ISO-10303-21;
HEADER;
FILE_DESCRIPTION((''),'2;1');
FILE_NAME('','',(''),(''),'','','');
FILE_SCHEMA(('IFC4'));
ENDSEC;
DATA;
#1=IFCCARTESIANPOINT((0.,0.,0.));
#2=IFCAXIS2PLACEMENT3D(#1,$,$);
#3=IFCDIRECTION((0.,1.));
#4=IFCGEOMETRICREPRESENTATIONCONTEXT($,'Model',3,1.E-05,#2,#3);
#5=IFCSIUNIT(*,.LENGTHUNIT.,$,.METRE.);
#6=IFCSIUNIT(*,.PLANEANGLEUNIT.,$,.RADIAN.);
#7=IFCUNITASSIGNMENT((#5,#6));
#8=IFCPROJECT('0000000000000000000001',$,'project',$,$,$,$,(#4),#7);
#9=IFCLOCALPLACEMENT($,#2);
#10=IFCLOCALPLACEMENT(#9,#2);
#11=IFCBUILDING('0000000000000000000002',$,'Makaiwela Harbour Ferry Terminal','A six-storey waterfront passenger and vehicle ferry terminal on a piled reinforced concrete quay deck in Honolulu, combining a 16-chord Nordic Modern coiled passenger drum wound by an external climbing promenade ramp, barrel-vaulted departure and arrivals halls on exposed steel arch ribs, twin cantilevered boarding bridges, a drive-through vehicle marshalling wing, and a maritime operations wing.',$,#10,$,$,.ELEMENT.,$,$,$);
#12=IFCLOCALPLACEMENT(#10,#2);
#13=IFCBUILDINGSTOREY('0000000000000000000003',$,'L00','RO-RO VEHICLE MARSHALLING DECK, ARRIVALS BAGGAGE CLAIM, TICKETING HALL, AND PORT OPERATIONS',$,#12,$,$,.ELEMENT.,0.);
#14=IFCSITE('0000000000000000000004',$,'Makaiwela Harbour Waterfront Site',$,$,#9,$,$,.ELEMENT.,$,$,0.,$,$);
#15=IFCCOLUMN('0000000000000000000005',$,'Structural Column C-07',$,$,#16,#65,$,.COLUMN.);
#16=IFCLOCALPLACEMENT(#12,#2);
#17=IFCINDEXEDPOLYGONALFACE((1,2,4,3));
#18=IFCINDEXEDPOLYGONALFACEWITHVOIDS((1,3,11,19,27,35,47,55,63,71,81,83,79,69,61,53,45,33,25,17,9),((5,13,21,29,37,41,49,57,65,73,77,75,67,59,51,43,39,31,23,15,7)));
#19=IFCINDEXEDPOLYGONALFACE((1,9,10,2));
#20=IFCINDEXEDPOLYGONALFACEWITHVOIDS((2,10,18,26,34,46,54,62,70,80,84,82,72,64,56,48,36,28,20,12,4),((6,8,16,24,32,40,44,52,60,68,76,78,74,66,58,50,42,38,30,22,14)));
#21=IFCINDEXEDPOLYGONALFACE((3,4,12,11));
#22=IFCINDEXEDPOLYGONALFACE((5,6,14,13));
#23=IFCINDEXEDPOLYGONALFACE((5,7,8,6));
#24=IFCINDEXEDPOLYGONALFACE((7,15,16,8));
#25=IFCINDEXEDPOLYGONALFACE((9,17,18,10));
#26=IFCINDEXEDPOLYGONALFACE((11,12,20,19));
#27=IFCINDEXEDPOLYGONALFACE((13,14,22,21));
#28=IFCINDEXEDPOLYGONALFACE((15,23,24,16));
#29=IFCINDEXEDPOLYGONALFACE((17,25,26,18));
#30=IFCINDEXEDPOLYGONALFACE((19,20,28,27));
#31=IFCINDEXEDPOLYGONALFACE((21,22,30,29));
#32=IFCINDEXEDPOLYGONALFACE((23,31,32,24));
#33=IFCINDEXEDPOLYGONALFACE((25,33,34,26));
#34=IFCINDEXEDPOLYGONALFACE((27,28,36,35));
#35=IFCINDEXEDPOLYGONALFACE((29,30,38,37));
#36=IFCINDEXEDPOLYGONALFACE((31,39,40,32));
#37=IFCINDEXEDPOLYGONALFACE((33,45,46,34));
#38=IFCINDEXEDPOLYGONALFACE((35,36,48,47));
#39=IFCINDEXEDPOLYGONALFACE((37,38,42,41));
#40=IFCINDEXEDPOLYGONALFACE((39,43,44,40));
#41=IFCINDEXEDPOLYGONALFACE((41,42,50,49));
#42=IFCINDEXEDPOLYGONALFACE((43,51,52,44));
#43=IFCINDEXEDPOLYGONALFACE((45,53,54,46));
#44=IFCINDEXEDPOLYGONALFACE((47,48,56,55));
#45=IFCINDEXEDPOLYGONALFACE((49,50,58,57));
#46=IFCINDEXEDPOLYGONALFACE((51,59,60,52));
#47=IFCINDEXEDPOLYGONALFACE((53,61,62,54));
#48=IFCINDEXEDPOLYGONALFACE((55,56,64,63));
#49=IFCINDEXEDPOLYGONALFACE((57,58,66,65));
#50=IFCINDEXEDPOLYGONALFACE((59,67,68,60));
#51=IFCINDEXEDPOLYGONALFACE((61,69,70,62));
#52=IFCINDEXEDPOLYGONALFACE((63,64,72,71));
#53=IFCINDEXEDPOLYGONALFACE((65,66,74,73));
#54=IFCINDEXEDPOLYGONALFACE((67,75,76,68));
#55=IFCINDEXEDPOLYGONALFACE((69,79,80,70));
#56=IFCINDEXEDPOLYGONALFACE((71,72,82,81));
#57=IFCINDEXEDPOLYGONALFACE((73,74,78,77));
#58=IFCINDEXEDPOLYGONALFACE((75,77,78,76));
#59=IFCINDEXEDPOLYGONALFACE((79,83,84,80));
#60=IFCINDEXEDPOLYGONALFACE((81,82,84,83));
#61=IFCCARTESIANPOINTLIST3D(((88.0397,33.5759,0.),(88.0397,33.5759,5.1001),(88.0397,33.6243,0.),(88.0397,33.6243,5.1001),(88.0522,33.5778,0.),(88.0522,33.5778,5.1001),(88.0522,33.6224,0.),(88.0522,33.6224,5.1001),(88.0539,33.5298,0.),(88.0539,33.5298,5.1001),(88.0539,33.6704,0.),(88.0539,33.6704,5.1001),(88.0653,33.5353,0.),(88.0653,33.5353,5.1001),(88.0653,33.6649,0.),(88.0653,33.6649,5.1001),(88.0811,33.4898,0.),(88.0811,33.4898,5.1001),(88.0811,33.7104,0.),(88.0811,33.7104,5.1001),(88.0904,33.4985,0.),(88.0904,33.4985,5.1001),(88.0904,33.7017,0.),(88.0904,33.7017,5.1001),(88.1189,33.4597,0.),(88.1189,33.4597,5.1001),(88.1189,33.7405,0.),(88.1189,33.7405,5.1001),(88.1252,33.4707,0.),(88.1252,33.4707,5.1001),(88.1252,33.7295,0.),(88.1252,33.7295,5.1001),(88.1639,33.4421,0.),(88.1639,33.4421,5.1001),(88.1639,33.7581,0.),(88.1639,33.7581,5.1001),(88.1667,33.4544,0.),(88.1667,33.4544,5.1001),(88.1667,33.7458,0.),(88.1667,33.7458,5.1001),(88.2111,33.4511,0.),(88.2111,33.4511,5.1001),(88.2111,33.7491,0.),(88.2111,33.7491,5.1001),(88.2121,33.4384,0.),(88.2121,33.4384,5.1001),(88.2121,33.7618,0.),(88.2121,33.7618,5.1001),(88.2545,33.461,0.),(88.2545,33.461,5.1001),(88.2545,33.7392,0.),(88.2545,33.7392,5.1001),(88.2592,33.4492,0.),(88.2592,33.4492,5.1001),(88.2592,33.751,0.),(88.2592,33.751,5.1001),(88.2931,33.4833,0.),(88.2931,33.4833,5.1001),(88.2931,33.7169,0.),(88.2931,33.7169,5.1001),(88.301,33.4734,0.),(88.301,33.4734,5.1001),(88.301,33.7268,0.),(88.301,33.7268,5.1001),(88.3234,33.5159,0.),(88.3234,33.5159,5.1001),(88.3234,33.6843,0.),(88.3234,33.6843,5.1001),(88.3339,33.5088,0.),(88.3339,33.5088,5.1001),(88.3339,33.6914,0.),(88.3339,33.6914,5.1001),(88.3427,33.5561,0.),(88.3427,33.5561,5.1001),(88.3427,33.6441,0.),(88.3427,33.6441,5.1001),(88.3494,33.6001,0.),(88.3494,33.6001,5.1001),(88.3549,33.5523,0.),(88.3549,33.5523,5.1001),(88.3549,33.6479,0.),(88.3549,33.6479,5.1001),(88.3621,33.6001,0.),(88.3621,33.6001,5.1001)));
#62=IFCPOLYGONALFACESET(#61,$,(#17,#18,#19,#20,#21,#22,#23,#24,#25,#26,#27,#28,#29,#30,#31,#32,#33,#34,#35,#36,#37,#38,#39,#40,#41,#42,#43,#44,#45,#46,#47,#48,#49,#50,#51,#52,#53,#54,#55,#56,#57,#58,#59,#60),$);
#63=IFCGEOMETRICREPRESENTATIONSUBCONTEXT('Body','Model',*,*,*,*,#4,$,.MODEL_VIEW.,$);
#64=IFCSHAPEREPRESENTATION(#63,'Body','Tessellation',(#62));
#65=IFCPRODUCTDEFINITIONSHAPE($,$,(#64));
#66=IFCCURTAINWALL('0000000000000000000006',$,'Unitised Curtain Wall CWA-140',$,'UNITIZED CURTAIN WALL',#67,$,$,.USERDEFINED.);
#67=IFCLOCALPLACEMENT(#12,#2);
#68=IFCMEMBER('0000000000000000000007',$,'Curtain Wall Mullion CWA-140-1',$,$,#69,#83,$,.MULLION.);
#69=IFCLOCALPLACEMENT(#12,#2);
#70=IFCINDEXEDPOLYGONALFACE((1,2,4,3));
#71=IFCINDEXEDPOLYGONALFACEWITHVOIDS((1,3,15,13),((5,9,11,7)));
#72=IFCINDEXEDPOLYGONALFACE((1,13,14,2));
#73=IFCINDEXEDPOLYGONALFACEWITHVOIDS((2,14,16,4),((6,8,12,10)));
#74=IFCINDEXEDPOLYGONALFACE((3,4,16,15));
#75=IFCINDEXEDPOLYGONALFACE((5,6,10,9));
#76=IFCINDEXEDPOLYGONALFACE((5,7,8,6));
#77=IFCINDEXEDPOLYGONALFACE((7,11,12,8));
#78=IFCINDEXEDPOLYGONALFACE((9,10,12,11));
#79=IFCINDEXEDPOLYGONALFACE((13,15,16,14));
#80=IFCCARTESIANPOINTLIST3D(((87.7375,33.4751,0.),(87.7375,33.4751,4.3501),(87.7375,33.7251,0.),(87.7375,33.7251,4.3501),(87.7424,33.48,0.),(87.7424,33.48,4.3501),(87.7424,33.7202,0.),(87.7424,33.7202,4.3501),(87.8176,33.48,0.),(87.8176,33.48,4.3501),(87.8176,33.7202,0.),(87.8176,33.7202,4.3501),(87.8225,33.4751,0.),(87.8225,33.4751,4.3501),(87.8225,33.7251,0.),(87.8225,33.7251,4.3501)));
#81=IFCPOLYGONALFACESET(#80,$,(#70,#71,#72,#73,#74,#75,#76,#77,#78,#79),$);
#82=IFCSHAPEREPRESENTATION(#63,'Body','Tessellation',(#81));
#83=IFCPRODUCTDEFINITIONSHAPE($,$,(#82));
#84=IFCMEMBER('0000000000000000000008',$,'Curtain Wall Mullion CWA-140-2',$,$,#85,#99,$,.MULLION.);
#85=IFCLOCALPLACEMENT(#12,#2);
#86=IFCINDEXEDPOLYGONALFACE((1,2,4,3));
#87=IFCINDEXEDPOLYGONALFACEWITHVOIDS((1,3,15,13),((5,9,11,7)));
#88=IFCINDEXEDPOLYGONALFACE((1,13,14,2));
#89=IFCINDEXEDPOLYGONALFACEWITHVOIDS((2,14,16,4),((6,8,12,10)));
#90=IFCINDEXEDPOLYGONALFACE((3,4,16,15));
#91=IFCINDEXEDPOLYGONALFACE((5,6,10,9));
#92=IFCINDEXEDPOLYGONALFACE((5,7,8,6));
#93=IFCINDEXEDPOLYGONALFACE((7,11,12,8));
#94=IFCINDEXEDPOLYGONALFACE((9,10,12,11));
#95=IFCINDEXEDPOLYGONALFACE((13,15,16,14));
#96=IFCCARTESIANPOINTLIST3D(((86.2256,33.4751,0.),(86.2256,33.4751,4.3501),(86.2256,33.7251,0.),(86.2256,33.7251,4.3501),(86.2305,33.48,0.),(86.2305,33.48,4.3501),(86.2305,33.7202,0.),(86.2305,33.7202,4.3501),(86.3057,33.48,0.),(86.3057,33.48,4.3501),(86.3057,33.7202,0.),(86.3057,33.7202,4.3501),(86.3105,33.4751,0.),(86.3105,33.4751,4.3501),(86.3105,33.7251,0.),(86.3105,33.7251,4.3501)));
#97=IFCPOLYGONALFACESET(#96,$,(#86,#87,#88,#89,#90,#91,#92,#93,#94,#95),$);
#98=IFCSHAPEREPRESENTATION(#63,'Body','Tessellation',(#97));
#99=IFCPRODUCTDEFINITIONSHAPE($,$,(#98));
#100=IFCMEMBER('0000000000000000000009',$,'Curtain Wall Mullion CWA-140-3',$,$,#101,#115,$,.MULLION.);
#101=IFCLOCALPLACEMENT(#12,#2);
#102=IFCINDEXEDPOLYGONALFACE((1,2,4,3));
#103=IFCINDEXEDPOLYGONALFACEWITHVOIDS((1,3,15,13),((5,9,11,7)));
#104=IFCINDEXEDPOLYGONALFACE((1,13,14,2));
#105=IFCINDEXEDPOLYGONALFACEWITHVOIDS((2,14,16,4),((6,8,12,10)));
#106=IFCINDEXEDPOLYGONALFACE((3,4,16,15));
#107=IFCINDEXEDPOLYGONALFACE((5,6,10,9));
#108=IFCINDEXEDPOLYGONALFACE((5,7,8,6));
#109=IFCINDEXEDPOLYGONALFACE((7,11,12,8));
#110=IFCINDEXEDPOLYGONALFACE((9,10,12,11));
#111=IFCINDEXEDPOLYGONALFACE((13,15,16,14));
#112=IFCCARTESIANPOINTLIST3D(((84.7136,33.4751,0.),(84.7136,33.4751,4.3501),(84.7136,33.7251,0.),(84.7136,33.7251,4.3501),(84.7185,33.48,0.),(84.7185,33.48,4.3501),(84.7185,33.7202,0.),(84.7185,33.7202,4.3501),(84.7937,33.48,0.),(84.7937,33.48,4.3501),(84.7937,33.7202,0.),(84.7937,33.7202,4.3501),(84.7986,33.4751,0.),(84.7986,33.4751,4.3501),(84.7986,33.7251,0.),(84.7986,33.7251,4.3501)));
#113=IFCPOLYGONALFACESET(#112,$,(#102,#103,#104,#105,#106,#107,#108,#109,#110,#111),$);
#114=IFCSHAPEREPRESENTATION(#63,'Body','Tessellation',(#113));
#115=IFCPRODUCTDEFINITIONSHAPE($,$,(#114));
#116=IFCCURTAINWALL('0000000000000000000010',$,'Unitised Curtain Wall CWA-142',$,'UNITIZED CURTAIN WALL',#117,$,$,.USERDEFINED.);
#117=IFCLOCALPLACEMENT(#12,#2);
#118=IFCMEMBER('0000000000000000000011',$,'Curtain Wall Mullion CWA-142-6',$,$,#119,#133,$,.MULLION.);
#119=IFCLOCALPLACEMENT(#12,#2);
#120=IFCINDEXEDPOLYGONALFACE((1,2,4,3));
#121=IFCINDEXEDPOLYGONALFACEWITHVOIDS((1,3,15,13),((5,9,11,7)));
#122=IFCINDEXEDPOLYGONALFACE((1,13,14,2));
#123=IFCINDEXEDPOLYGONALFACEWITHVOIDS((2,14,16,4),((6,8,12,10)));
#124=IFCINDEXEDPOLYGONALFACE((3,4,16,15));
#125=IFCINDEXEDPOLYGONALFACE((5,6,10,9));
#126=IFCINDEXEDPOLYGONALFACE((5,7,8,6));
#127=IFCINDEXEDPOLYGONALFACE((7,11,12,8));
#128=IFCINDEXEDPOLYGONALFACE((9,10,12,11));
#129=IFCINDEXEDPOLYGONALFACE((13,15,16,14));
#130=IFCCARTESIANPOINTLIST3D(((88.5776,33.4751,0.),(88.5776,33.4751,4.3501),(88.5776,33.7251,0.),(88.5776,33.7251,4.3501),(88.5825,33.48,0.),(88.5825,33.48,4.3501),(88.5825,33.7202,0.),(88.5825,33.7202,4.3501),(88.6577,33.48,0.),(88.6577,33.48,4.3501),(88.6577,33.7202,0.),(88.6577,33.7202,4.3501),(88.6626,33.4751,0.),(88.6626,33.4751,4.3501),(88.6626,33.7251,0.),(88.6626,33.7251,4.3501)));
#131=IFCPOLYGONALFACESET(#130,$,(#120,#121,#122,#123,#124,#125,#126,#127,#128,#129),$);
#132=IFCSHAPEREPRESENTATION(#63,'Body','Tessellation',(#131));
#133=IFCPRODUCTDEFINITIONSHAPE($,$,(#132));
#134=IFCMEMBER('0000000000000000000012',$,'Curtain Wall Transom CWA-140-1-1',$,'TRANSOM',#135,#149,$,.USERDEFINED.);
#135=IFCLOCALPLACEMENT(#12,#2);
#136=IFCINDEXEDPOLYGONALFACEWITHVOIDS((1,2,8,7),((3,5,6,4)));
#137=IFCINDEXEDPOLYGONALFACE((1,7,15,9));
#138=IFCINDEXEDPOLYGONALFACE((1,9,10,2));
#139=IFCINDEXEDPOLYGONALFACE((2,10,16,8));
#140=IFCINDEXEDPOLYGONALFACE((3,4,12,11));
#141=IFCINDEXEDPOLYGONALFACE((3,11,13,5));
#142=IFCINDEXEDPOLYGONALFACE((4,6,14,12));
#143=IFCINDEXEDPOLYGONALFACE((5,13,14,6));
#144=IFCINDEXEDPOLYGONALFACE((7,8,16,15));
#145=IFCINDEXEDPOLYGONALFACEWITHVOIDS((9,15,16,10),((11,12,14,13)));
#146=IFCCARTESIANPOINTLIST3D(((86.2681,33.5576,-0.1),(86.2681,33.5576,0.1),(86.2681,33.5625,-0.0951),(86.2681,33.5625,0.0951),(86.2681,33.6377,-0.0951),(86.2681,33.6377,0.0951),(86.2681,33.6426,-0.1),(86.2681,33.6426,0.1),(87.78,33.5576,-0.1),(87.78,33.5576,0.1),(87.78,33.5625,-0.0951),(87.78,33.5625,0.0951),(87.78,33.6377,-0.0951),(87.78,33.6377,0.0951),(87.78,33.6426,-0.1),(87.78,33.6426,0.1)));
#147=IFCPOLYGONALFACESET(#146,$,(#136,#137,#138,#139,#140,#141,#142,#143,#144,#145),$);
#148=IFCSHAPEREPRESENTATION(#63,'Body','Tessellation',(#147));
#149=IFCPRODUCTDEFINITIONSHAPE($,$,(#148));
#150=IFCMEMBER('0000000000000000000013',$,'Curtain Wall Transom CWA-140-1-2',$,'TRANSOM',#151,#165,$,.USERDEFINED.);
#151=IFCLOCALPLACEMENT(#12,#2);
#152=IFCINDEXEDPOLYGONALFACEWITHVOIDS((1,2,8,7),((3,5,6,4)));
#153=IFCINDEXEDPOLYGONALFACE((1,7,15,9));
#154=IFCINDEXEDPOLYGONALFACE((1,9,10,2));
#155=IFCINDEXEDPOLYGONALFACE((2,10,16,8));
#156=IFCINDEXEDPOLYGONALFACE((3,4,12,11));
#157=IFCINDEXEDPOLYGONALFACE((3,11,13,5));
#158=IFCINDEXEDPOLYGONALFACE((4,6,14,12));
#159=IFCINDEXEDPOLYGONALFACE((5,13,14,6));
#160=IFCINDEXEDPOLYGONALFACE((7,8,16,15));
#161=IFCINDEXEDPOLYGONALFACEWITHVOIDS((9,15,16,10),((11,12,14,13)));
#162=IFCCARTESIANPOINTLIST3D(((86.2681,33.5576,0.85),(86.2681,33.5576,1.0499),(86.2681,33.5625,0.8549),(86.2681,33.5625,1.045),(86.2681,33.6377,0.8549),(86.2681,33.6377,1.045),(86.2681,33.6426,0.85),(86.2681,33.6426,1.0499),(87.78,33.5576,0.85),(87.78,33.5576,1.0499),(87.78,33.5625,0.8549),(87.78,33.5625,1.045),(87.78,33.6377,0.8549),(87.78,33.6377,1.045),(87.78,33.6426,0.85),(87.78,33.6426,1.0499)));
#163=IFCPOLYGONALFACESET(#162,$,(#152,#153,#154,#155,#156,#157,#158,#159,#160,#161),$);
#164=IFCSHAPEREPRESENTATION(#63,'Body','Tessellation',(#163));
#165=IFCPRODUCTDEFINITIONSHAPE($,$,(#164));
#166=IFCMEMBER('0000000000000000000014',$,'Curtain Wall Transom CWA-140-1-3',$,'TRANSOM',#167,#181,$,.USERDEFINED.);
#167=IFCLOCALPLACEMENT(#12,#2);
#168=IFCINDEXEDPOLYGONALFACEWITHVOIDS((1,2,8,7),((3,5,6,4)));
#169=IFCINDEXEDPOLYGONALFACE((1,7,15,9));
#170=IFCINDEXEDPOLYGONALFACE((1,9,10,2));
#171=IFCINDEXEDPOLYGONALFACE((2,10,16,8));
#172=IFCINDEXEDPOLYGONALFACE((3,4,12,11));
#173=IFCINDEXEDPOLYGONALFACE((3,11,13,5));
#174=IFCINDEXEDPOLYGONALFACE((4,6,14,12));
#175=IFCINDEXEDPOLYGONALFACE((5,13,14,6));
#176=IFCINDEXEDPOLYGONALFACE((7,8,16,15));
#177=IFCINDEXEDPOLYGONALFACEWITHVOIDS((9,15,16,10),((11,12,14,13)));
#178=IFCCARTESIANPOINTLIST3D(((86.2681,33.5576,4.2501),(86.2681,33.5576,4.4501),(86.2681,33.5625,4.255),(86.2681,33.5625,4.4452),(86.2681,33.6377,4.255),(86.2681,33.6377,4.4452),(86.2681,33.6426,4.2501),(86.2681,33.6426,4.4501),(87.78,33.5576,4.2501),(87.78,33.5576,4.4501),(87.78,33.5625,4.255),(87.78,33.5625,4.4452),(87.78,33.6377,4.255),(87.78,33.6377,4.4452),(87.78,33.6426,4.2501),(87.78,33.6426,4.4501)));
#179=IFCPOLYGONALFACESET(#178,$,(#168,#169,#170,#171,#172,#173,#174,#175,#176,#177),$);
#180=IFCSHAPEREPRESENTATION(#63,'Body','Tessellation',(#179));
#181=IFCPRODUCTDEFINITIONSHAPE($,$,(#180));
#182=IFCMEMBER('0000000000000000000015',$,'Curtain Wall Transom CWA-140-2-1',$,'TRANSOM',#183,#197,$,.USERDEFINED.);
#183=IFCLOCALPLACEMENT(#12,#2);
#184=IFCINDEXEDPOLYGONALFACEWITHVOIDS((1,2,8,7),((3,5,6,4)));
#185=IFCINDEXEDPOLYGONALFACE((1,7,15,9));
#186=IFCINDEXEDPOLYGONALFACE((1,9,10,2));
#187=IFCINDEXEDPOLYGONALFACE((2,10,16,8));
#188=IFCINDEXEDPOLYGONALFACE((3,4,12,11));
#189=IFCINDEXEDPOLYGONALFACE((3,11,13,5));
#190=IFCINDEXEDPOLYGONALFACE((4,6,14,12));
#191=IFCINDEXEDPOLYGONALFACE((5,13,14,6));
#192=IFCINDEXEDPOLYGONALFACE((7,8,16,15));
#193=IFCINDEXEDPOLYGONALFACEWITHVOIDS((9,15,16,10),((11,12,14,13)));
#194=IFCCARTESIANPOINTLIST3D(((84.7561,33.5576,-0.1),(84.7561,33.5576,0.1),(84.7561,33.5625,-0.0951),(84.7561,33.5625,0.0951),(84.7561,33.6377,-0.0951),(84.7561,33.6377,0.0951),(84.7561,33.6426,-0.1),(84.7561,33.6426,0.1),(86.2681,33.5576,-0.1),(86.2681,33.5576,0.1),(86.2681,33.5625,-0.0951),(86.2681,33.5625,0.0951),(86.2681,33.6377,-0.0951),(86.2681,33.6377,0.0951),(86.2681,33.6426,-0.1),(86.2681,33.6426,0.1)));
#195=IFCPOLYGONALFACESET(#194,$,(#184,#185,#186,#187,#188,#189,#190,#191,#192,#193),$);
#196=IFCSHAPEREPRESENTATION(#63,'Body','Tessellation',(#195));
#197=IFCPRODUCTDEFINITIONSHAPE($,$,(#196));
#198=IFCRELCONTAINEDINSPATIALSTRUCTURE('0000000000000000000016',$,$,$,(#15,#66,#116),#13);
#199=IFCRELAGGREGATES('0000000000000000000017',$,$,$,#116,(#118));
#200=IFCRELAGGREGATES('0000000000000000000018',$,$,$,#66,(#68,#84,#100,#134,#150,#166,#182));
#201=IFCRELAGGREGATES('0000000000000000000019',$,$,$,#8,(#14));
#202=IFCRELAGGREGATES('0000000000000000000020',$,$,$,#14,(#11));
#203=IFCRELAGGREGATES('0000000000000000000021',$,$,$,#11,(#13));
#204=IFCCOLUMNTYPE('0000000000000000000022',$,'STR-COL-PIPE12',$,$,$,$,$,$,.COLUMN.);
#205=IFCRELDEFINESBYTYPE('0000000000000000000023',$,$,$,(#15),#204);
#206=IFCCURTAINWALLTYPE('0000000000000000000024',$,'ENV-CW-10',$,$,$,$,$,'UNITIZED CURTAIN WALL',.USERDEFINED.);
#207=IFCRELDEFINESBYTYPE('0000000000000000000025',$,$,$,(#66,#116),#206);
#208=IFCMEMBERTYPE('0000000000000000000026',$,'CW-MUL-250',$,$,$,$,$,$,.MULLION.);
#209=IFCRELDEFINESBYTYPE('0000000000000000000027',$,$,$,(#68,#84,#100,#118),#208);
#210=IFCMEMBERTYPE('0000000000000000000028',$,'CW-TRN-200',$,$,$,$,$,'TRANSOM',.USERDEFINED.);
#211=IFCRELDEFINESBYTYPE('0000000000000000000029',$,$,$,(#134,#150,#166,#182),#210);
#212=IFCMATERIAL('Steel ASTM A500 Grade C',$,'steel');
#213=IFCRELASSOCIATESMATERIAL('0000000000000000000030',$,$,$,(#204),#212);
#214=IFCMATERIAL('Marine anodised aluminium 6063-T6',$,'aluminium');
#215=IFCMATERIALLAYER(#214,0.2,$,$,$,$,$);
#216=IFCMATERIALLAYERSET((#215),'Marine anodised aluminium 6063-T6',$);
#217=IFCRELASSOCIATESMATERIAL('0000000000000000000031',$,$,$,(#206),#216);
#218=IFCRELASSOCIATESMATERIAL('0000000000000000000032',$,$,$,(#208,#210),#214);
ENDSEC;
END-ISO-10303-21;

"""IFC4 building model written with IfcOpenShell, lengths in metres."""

from ifc_helpers import new_model, si_unit, direction, frame, origin, origin_2d, place, context, subcontext, project, spatial, hollow_rectangle, hollow_circle, extrude, material, layer, layer_set, material_profile, profile_set, type_object, element, aggregate, save


model = new_model("IFC4")

# Units and contexts
model_context = context("Model", 3, precision=1e-05, world=origin(), true_north=direction((0.0, 1.0)))
body_context = subcontext(model_context, "Body", "Model", "MODEL_VIEW")
ifc_project = project(units=[si_unit("LENGTHUNIT", "METRE"), si_unit("PLANEANGLEUNIT", "RADIAN")], contexts=[model_context])

# Site, building, storey
site_placement = place(None, origin())
site = spatial("IfcSite", under=ifc_project, at=site_placement, Name="Makaiwela Harbour Waterfront Site", CompositionType="ELEMENT", RefElevation=0.0)
building_placement = place(site_placement, origin())
building = spatial("IfcBuilding", under=site, at=building_placement, Name="Makaiwela Harbour Ferry Terminal", Description="A six-storey waterfront passenger and vehicle ferry terminal on a piled reinforced concrete quay deck in Honolulu, combining a 16-chord Nordic Modern coiled passenger drum wound by an external climbing promenade ramp, barrel-vaulted departure and arrivals halls on exposed steel arch ribs, twin cantilevered boarding bridges, a drive-through vehicle marshalling wing, and a maritime operations wing.", CompositionType="ELEMENT")
storey_placement = place(building_placement, origin())
storey = spatial("IfcBuildingStorey", under=building, at=storey_placement, Name="L00", Description="RO-RO VEHICLE MARSHALLING DECK, ARRIVALS BAGGAGE CLAIM, TICKETING HALL, AND PORT OPERATIONS", CompositionType="ELEMENT", Elevation=0.0)

# Column
ifc_material_1 = material(Name="Steel ASTM A500 Grade C", Category="steel")
ifc_material_profile_1 = material_profile(ifc_material_1, hollow_circle(Radius=0.1621, WallThickness=0.0127, at=origin_2d()), Name="PIPE12XS")
ifc_profile_set_1 = profile_set([ifc_material_profile_1], Name="Steel ASTM A500 Grade C")
column_type = type_object("IfcColumnType", Name="STR-COL-PIPE12", PredefinedType="COLUMN", material=ifc_profile_set_1)
for number, where, z_axis, x_axis, name in (
    (1, (88.2, 33.6001, 0.0), (0.0, 0.0, 1.0), (1.0, 0.0, 0.0), "Structural Column C-07"),
):
    element("IfcColumn", number, at=place(storey_placement, frame(where, z_axis=z_axis, x_axis=x_axis)), inside=storey, type_object=column_type, Name=name, PredefinedType="COLUMN", context=body_context, shape_type="SweptSolid", body=[
        extrude(hollow_circle(Radius=0.1621, WallThickness=0.0127, at=origin_2d()), origin(), (0.0, 0.0, 1.0), 5.1001),
    ])

# Curtain wall, members
ifc_material_2 = material(Name="Marine anodised aluminium 6063-T6", Category="aluminium")
ifc_layer_1 = layer(ifc_material_2, 0.2)
ifc_layer_set_1 = layer_set([ifc_layer_1], Name="Marine anodised aluminium 6063-T6")
curtain_wall_type = type_object("IfcCurtainWallType", Name="ENV-CW-10", ElementType="UNITIZED CURTAIN WALL", PredefinedType="USERDEFINED", material=ifc_layer_set_1)
curtain_wall_1_placement = place(storey_placement, origin())
curtain_wall_1 = element("IfcCurtainWall", 2, at=curtain_wall_1_placement, inside=storey, type_object=curtain_wall_type, Name="Unitised Curtain Wall CWA-140", ObjectType="UNITIZED CURTAIN WALL", PredefinedType="USERDEFINED")
ifc_material_profile_2 = material_profile(ifc_material_2, hollow_rectangle(XDim=0.085, YDim=0.25, WallThickness=0.0049, at=origin_2d()), Name="CWM-250X85")
ifc_profile_set_2 = profile_set([ifc_material_profile_2], Name="Marine anodised aluminium 6063-T6")
member_type_1 = type_object("IfcMemberType", Name="CW-MUL-250", PredefinedType="MULLION", material=ifc_profile_set_2)
member_1_placement = place(storey_placement, frame((87.78, 33.6001, 0.0), z_axis=(0.0, 0.0, 1.0), x_axis=(1.0, 0.0, 0.0)))
member_1 = element("IfcMember", 3, at=member_1_placement, type_object=member_type_1, Name="Curtain Wall Mullion CWA-140-1", PredefinedType="MULLION", context=body_context, shape_type="SweptSolid", body=[
    extrude(hollow_rectangle(XDim=0.085, YDim=0.25, WallThickness=0.0049, at=origin_2d()), origin(), (0.0, 0.0, 1.0), 4.3501),
])
member_2_placement = place(storey_placement, frame((86.2681, 33.6001, 0.0), z_axis=(0.0, 0.0, 1.0), x_axis=(1.0, 0.0, 0.0)))
member_2 = element("IfcMember", 4, at=member_2_placement, type_object=member_type_1, Name="Curtain Wall Mullion CWA-140-2", PredefinedType="MULLION", context=body_context, shape_type="SweptSolid", body=[
    extrude(hollow_rectangle(XDim=0.085, YDim=0.25, WallThickness=0.0049, at=origin_2d()), origin(), (0.0, 0.0, 1.0), 4.3501),
])
member_3_placement = place(storey_placement, frame((84.7561, 33.6001, 0.0), z_axis=(0.0, 0.0, 1.0), x_axis=(1.0, 0.0, 0.0)))
member_3 = element("IfcMember", 5, at=member_3_placement, type_object=member_type_1, Name="Curtain Wall Mullion CWA-140-3", PredefinedType="MULLION", context=body_context, shape_type="SweptSolid", body=[
    extrude(hollow_rectangle(XDim=0.085, YDim=0.25, WallThickness=0.0049, at=origin_2d()), origin(), (0.0, 0.0, 1.0), 4.3501),
])

# Curtain wall, member
curtain_wall_2_placement = place(storey_placement, origin())
curtain_wall_2 = element("IfcCurtainWall", 6, at=curtain_wall_2_placement, inside=storey, type_object=curtain_wall_type, Name="Unitised Curtain Wall CWA-142", ObjectType="UNITIZED CURTAIN WALL", PredefinedType="USERDEFINED")
member_4_placement = place(storey_placement, frame((88.6201, 33.6001, 0.0), z_axis=(0.0, 0.0, 1.0), x_axis=(1.0, 0.0, 0.0)))
member_4 = element("IfcMember", 7, at=member_4_placement, type_object=member_type_1, Name="Curtain Wall Mullion CWA-142-6", PredefinedType="MULLION", context=body_context, shape_type="SweptSolid", body=[
    extrude(hollow_rectangle(XDim=0.085, YDim=0.25, WallThickness=0.0049, at=origin_2d()), origin(), (0.0, 0.0, 1.0), 4.3501),
])
aggregate(curtain_wall_2, [member_4])

# Members
ifc_material_profile_3 = material_profile(ifc_material_2, hollow_rectangle(XDim=0.085, YDim=0.2, WallThickness=0.0049, at=origin_2d()), Name="CWT-200X85")
ifc_profile_set_3 = profile_set([ifc_material_profile_3], Name="Marine anodised aluminium 6063-T6")
member_type_2 = type_object("IfcMemberType", Name="CW-TRN-200", ElementType="TRANSOM", PredefinedType="USERDEFINED", material=ifc_profile_set_3)
member_5_placement = place(storey_placement, frame((87.78, 33.6001, 0.0), z_axis=(-1.0, 0.0, 0.0), x_axis=(0.0, -1.0, 0.0)))
member_5 = element("IfcMember", 8, at=member_5_placement, type_object=member_type_2, Name="Curtain Wall Transom CWA-140-1-1", ObjectType="TRANSOM", PredefinedType="USERDEFINED", context=body_context, shape_type="SweptSolid", body=[
    extrude(hollow_rectangle(XDim=0.085, YDim=0.2, WallThickness=0.0049, at=origin_2d()), origin(), (0.0, 0.0, 1.0), 1.512),
])
member_6_placement = place(storey_placement, frame((87.78, 33.6001, 0.95), z_axis=(-1.0, 0.0, 0.0), x_axis=(0.0, -1.0, 0.0)))
member_6 = element("IfcMember", 9, at=member_6_placement, type_object=member_type_2, Name="Curtain Wall Transom CWA-140-1-2", ObjectType="TRANSOM", PredefinedType="USERDEFINED", context=body_context, shape_type="SweptSolid", body=[
    extrude(hollow_rectangle(XDim=0.085, YDim=0.2, WallThickness=0.0049, at=origin_2d()), origin(), (0.0, 0.0, 1.0), 1.512),
])
member_7_placement = place(storey_placement, frame((87.78, 33.6001, 4.3501), z_axis=(-1.0, 0.0, 0.0), x_axis=(0.0, -1.0, 0.0)))
member_7 = element("IfcMember", 10, at=member_7_placement, type_object=member_type_2, Name="Curtain Wall Transom CWA-140-1-3", ObjectType="TRANSOM", PredefinedType="USERDEFINED", context=body_context, shape_type="SweptSolid", body=[
    extrude(hollow_rectangle(XDim=0.085, YDim=0.2, WallThickness=0.0049, at=origin_2d()), origin(), (0.0, 0.0, 1.0), 1.512),
])
member_8_placement = place(storey_placement, frame((86.2681, 33.6001, 0.0), z_axis=(-1.0, 0.0, 0.0), x_axis=(0.0, -1.0, 0.0)))
member_8 = element("IfcMember", 11, at=member_8_placement, type_object=member_type_2, Name="Curtain Wall Transom CWA-140-2-1", ObjectType="TRANSOM", PredefinedType="USERDEFINED", context=body_context, shape_type="SweptSolid", body=[
    extrude(hollow_rectangle(XDim=0.085, YDim=0.2, WallThickness=0.0049, at=origin_2d()), origin(), (0.0, 0.0, 1.0), 1.512),
])

aggregate(curtain_wall_1, [member_1, member_2, member_3, member_5, member_6, member_7, member_8])

save(model, "model.ifc")
